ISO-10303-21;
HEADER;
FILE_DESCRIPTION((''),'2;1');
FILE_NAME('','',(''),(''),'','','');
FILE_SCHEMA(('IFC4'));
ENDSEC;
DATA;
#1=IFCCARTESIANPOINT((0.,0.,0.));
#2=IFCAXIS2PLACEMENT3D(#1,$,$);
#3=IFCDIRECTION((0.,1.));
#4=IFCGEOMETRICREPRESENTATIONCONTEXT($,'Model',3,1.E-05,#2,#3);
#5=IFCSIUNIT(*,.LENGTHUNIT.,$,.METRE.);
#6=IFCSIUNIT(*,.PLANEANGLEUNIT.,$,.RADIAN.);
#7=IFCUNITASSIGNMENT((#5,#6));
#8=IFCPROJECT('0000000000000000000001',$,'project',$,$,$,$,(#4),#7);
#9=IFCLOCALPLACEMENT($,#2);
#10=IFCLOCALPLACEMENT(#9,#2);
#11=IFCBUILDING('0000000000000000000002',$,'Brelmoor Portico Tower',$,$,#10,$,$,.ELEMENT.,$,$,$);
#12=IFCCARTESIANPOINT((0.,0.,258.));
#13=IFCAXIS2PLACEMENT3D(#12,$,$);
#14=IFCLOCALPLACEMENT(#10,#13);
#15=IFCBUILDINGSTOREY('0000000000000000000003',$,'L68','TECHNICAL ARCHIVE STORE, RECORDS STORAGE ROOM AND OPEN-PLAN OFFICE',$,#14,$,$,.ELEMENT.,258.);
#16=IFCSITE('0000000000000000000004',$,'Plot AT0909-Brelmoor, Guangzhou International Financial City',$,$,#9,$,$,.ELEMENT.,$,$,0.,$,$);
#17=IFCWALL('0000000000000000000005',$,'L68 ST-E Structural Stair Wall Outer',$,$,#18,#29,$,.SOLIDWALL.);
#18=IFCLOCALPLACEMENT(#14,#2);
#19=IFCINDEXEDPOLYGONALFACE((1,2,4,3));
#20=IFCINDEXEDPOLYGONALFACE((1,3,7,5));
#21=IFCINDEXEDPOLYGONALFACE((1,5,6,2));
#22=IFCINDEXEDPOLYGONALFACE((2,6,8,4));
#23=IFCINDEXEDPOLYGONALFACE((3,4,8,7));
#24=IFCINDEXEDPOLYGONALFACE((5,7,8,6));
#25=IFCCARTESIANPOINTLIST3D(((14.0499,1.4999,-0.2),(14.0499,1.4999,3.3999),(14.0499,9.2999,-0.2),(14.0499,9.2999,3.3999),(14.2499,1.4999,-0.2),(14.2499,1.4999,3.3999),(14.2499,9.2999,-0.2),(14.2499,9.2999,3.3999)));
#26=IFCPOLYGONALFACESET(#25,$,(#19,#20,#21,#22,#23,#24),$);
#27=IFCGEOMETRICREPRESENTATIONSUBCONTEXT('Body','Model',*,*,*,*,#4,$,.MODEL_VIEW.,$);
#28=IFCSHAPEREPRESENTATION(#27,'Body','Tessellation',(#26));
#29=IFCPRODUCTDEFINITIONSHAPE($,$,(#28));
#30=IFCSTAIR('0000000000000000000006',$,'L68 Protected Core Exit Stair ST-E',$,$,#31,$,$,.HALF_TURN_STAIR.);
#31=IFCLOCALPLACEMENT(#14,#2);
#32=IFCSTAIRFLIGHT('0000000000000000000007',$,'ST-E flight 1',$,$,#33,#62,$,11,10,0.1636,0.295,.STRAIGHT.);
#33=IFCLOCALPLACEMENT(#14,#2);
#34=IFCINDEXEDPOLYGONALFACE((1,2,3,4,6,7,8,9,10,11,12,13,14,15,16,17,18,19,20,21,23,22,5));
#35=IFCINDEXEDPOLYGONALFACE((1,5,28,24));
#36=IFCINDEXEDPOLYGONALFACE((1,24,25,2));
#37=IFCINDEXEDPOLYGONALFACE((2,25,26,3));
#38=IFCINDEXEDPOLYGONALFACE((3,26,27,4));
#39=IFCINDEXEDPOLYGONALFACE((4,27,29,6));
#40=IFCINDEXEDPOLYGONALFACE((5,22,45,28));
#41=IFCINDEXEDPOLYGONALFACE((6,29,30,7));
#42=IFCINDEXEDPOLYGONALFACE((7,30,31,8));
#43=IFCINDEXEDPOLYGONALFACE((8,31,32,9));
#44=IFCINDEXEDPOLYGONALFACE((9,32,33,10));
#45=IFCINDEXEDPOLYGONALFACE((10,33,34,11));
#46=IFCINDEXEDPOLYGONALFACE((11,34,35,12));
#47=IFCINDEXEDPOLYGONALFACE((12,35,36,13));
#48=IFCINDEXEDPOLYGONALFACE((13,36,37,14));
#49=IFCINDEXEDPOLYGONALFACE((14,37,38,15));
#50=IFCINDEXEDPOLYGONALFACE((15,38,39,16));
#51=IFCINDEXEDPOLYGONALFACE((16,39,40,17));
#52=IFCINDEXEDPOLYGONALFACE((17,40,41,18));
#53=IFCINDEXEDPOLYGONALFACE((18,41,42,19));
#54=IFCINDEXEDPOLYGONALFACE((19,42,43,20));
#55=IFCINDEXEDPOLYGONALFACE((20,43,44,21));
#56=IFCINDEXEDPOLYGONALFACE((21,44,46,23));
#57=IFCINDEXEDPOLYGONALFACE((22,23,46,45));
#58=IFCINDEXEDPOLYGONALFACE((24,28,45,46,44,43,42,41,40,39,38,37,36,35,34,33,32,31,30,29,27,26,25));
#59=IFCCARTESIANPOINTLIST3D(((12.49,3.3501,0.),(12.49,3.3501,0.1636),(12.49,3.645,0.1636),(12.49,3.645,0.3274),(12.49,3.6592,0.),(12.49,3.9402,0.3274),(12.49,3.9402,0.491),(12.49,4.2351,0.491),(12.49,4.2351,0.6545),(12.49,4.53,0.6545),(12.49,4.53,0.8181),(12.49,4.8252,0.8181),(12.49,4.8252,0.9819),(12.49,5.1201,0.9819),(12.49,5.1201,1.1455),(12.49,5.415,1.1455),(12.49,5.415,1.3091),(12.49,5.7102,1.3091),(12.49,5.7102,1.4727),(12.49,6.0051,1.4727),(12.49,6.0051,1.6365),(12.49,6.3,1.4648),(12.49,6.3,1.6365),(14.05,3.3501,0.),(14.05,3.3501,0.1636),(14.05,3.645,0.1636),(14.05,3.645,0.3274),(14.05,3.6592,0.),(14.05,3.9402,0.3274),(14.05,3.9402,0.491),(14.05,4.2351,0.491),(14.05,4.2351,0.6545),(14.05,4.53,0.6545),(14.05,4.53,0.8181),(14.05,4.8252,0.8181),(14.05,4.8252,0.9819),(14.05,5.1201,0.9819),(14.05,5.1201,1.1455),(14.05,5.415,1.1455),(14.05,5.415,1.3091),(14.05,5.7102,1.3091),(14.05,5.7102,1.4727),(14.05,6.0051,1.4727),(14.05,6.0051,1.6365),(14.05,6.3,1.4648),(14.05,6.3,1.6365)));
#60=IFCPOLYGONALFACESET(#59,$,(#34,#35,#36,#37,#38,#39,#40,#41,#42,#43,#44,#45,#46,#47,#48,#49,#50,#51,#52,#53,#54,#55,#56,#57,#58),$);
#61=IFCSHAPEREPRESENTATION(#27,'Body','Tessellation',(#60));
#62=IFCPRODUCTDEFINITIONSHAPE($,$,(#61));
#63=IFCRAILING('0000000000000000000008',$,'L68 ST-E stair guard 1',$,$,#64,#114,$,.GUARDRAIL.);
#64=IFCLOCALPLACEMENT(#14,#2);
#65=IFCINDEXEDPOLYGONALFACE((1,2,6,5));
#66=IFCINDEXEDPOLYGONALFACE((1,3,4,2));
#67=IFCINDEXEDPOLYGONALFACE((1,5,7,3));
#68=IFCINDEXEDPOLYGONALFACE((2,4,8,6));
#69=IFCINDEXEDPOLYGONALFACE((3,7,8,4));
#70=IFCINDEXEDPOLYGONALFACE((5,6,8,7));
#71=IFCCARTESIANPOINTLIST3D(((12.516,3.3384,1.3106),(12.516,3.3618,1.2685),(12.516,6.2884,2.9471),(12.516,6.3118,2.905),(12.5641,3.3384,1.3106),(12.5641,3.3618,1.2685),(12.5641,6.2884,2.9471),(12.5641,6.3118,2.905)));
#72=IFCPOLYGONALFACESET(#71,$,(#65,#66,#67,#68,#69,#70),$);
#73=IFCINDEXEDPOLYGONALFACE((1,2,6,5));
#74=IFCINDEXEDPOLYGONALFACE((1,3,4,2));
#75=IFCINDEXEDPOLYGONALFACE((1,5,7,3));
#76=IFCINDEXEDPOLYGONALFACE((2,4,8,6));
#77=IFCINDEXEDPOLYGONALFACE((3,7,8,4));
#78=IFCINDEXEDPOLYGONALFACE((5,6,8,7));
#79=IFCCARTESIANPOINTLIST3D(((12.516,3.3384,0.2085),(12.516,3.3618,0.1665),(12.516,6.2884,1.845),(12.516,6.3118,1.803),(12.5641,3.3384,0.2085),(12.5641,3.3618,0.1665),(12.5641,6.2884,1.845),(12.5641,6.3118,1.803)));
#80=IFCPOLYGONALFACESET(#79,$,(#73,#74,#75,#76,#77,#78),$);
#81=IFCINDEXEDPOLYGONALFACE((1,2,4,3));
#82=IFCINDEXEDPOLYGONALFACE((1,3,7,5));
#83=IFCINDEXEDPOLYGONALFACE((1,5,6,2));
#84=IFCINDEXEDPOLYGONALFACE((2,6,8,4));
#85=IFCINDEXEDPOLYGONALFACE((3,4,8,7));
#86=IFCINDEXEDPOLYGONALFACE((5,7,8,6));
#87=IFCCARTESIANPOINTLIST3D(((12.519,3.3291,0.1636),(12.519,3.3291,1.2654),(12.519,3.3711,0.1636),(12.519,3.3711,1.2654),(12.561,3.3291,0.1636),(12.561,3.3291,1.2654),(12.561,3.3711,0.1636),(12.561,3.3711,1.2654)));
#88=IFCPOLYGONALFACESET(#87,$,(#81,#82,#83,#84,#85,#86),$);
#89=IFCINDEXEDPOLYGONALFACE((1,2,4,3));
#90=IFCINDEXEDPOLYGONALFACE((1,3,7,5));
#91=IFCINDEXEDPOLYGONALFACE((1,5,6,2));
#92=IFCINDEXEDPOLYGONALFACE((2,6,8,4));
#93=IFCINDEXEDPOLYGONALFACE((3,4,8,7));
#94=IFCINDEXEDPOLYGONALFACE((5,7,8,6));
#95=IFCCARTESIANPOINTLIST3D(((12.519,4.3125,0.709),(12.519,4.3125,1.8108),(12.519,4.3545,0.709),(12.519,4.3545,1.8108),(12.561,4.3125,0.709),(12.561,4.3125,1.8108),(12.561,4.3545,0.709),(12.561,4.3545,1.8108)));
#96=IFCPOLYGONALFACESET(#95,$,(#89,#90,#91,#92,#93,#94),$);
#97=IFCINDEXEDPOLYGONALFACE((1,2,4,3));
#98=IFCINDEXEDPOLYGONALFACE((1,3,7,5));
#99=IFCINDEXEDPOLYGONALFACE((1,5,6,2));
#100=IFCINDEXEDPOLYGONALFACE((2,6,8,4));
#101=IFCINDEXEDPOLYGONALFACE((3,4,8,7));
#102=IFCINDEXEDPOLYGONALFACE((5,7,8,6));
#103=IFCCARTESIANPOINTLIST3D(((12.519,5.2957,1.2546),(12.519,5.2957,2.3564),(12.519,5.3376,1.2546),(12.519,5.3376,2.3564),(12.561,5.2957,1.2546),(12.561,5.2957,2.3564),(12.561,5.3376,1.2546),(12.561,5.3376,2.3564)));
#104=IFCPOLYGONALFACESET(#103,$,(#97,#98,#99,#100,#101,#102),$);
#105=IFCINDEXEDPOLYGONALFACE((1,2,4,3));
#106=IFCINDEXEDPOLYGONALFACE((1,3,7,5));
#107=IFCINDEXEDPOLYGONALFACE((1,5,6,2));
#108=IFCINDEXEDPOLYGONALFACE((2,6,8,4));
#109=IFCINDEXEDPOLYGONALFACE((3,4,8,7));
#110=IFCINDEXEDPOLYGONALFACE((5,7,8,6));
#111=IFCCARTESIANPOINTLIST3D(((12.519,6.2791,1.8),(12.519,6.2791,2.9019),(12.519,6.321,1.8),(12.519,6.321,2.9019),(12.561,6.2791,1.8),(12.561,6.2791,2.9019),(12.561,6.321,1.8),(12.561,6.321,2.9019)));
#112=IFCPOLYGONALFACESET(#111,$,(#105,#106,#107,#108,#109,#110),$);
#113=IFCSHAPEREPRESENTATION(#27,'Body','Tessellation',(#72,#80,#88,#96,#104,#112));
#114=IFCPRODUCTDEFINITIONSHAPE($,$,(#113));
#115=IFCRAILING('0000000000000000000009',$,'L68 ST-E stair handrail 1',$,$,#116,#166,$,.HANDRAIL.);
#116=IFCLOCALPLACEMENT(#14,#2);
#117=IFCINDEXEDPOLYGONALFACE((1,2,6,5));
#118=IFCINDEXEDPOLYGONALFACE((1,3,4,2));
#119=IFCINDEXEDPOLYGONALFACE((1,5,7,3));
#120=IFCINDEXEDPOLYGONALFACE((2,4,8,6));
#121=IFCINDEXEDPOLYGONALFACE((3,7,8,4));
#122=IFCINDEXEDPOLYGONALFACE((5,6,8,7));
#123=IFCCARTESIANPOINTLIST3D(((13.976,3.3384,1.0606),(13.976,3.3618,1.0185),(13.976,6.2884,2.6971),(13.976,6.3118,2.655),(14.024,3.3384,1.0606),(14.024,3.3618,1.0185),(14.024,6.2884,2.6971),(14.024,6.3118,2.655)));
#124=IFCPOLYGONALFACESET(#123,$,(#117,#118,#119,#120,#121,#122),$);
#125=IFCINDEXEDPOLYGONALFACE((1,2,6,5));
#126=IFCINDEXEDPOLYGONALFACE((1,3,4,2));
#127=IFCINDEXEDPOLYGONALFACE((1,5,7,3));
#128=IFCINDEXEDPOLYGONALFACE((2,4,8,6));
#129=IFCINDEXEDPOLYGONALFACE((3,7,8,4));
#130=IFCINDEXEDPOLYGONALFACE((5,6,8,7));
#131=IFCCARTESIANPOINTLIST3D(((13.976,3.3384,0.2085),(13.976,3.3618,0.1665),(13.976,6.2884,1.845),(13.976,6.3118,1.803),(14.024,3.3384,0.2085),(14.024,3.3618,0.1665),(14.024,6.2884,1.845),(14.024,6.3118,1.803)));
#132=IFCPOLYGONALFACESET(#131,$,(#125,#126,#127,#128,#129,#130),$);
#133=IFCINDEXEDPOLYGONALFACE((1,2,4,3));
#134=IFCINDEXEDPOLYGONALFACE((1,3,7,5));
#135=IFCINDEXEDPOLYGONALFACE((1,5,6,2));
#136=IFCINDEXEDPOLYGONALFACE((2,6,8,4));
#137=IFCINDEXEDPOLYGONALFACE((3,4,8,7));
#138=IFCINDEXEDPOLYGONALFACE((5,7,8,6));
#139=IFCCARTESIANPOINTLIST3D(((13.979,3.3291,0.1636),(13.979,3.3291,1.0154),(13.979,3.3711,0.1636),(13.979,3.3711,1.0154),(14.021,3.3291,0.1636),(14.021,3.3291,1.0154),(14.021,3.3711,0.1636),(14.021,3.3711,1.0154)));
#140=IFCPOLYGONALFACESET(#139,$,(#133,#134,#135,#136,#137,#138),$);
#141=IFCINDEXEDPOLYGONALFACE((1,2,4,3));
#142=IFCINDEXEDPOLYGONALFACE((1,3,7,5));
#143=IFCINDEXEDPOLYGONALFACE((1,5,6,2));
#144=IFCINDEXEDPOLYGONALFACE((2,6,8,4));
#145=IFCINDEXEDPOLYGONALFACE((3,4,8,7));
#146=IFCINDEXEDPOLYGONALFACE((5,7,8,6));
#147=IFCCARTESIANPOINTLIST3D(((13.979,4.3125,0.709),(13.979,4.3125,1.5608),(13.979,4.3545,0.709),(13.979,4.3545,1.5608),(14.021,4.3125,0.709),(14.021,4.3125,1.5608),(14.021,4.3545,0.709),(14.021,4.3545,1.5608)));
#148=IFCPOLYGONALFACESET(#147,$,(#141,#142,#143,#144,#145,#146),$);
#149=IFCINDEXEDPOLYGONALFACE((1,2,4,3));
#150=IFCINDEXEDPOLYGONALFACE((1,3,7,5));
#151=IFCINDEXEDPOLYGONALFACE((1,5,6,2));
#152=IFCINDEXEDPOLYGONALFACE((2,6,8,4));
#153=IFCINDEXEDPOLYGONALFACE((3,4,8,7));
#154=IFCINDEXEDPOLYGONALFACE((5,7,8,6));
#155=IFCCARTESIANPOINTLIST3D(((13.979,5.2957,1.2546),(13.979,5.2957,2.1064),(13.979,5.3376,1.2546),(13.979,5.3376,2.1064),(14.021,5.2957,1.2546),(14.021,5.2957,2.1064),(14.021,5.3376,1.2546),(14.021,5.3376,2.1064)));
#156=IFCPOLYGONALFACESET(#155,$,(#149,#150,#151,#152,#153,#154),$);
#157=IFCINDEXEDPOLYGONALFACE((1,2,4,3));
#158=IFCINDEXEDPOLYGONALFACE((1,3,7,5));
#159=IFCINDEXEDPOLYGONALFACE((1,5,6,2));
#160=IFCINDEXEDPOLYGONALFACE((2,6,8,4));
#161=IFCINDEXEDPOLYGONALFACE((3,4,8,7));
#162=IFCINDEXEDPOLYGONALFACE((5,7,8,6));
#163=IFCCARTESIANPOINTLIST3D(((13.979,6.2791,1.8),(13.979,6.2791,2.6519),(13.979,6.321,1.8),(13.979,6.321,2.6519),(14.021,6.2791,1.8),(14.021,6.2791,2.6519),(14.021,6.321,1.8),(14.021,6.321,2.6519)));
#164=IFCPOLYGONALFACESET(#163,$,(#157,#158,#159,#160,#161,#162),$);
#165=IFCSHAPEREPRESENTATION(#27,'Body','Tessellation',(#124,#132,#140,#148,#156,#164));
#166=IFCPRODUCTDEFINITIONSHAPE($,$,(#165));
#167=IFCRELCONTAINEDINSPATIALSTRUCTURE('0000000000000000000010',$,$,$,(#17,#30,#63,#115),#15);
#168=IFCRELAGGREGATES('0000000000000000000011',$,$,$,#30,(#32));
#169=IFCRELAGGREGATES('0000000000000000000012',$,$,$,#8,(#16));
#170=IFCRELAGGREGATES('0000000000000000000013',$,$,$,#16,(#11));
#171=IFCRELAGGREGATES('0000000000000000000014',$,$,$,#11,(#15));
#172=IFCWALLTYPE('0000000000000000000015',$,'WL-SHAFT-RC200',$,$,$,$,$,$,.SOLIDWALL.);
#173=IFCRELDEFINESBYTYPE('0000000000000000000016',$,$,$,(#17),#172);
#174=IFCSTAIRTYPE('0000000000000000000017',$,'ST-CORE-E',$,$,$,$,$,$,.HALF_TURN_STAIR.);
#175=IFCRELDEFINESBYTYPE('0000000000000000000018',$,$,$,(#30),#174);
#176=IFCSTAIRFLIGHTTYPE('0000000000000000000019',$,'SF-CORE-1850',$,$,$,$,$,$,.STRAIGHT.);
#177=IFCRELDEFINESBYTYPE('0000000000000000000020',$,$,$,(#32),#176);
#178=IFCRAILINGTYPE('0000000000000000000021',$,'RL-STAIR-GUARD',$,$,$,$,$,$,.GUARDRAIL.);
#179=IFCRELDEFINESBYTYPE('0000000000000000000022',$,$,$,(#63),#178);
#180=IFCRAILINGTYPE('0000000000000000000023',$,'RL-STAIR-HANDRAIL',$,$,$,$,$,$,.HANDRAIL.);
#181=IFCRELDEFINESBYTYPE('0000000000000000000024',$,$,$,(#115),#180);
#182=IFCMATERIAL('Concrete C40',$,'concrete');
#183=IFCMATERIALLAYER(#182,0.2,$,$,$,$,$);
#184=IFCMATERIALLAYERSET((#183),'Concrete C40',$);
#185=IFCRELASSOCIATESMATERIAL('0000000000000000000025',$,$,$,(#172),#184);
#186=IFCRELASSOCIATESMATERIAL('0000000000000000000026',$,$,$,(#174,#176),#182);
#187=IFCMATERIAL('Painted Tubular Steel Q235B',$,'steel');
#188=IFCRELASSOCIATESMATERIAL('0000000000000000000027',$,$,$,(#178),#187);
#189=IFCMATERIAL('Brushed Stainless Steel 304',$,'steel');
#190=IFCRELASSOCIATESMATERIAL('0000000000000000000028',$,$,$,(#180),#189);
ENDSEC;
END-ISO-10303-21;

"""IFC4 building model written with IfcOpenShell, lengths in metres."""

from ifc_helpers import new_model, si_unit, direction, frame, frame_2d, origin, origin_2d, place, context, subcontext, project, spatial, polyline, rectangle, outline, extrude, material, layer, layer_set, type_object, element, aggregate, save


model = new_model("IFC4")

# Units and contexts
model_context = context("Model", 3, precision=1e-05, world=origin(), true_north=direction((0.0, 1.0)))
body_context = subcontext(model_context, "Body", "Model", "MODEL_VIEW")
ifc_project = project(units=[si_unit("LENGTHUNIT", "METRE"), si_unit("PLANEANGLEUNIT", "RADIAN")], contexts=[model_context])

# Site, building, storey
site_placement = place(None, origin())
site = spatial("IfcSite", under=ifc_project, at=site_placement, Name="Plot AT0909-Brelmoor, Guangzhou International Financial City", CompositionType="ELEMENT", RefElevation=0.0)
building_placement = place(site_placement, origin())
building = spatial("IfcBuilding", under=site, at=building_placement, Name="Brelmoor Portico Tower", CompositionType="ELEMENT")
storey_placement = place(building_placement, frame((0.0, 0.0, 258.0)))
storey = spatial("IfcBuildingStorey", under=building, at=storey_placement, Name="L68", Description="TECHNICAL ARCHIVE STORE, RECORDS STORAGE ROOM AND OPEN-PLAN OFFICE", CompositionType="ELEMENT", Elevation=258.0)

# Wall
ifc_material_1 = material(Name="Concrete C40", Category="concrete")
ifc_layer_1 = layer(ifc_material_1, 0.2)
ifc_layer_set_1 = layer_set([ifc_layer_1], Name="Concrete C40")
wall_type_1 = type_object("IfcWallType", Name="WL-SHAFT-RC200", PredefinedType="SOLIDWALL", material=ifc_layer_set_1)
wall_1_placement = place(storey_placement, frame((14.1499, 1.5, -0.2), z_axis=(0.0, 0.0, 1.0), x_axis=(0.0, 1.0, 0.0)))
element("IfcWall", 1, at=wall_1_placement, inside=storey, type_object=wall_type_1, Name="L68 ST-E Structural Stair Wall Outer", PredefinedType="SOLIDWALL", context=body_context, shape_type="SweptSolid", body=[
    extrude(rectangle(XDim=7.8, YDim=0.2, at=frame_2d((3.8999, 0.0))), origin(), (0.0, 0.0, 1.0), 3.5999),
])

# Stair, stair flight
stair_type = type_object("IfcStairType", Name="ST-CORE-E", PredefinedType="HALF_TURN_STAIR", material=ifc_material_1)
stair_placement = place(storey_placement, origin())
stair = element("IfcStair", 2, at=stair_placement, inside=storey, type_object=stair_type, Name="L68 Protected Core Exit Stair ST-E", PredefinedType="HALF_TURN_STAIR")
stair_flight_type = type_object("IfcStairFlightType", Name="SF-CORE-1850", PredefinedType="STRAIGHT", material=ifc_material_1)
stair_flight_placement = place(storey_placement, frame((13.27, 3.3501, 0.0), z_axis=(0.0, 0.0, 1.0), x_axis=(0.0, 1.0, 0.0)))
stair_flight = element("IfcStairFlight", 3, at=stair_flight_placement, type_object=stair_flight_type, Name="ST-E flight 1", NumberOfRisers=11, NumberOfTreads=10, PredefinedType="STRAIGHT", RiserHeight=0.1636, TreadLength=0.295, context=body_context, shape_type="SweptSolid", body=[
    extrude(outline(polyline([(0.0, 0.0), (0.0, 0.1636), (0.2949, 0.1636), (0.2949, 0.3274), (0.5901, 0.3274), (0.5901, 0.491), (0.885, 0.491), (0.885, 0.6545), (1.1799, 0.6545), (1.1799, 0.8181), (1.4751, 0.8181), (1.4751, 0.9819), (1.77, 0.9819), (1.77, 1.1455), (2.0649, 1.1455), (2.0649, 1.3091), (2.3601, 1.3091), (2.3601, 1.4727), (2.655, 1.4727), (2.655, 1.6365), (2.95, 1.6365), (2.95, 1.8), (2.95, 1.4648), (0.3091, 0.0), (0.0, 0.0)])), frame((0.0, 0.78, 0.0), z_axis=(0.0, -1.0, 0.0), x_axis=(1.0, 0.0, 0.0)), (0.0, 0.0, 1.0), 1.5601),
])
aggregate(stair, [stair_flight])

# Railings
ifc_material_2 = material(Name="Painted Tubular Steel Q235B", Category="steel")
railing_type_1 = type_object("IfcRailingType", Name="RL-STAIR-GUARD", PredefinedType="GUARDRAIL", material=ifc_material_2)
railing_1_placement = place(storey_placement, frame((12.54, 3.3501, 0.1636)))
element("IfcRailing", 4, at=railing_1_placement, inside=storey, type_object=railing_type_1, Name="L68 ST-E stair guard 1", PredefinedType="GUARDRAIL", context=body_context, shape_type="SweptSolid", body=[
    extrude(rectangle(XDim=0.0481, YDim=0.0481, at=origin_2d()), frame((0.0, 0.0, 1.126), z_axis=(0.0, 0.874458, 0.485102), x_axis=(-1.0, 0.0, 0.0)), (0.0, 0.0, 1.0), 3.3735),
    extrude(rectangle(XDim=0.0481, YDim=0.0481, at=origin_2d()), frame((0.0, 0.0, 0.0239), z_axis=(0.0, 0.874458, 0.485102), x_axis=(-1.0, 0.0, 0.0)), (0.0, 0.0, 1.0), 3.3735),
    extrude(rectangle(XDim=0.042, YDim=0.042, at=origin_2d()), origin(), (0.0, 0.0, 1.0), 1.1018),
    extrude(rectangle(XDim=0.042, YDim=0.042, at=origin_2d()), frame((0.0, 0.9834, 0.5454)), (0.0, 0.0, 1.0), 1.1018),
    extrude(rectangle(XDim=0.042, YDim=0.042, at=origin_2d()), frame((0.0, 1.9666, 1.0911)), (0.0, 0.0, 1.0), 1.1018),
    extrude(rectangle(XDim=0.042, YDim=0.042, at=origin_2d()), frame((0.0, 2.95, 1.6365)), (0.0, 0.0, 1.0), 1.1018),
])
ifc_material_3 = material(Name="Brushed Stainless Steel 304", Category="steel")
railing_type_2 = type_object("IfcRailingType", Name="RL-STAIR-HANDRAIL", PredefinedType="HANDRAIL", material=ifc_material_3)
railing_2_placement = place(storey_placement, frame((14.0, 3.3501, 0.1636)))
element("IfcRailing", 5, at=railing_2_placement, inside=storey, type_object=railing_type_2, Name="L68 ST-E stair handrail 1", PredefinedType="HANDRAIL", context=body_context, shape_type="SweptSolid", body=[
    extrude(rectangle(XDim=0.0481, YDim=0.0481, at=origin_2d()), frame((0.0, 0.0, 0.876), z_axis=(0.0, 0.874458, 0.485102), x_axis=(-1.0, 0.0, 0.0)), (0.0, 0.0, 1.0), 3.3735),
    extrude(rectangle(XDim=0.0481, YDim=0.0481, at=origin_2d()), frame((0.0, 0.0, 0.0239), z_axis=(0.0, 0.874458, 0.485102), x_axis=(-1.0, 0.0, 0.0)), (0.0, 0.0, 1.0), 3.3735),
    extrude(rectangle(XDim=0.042, YDim=0.042, at=origin_2d()), origin(), (0.0, 0.0, 1.0), 0.8518),
    extrude(rectangle(XDim=0.042, YDim=0.042, at=origin_2d()), frame((0.0, 0.9834, 0.5454)), (0.0, 0.0, 1.0), 0.8518),
    extrude(rectangle(XDim=0.042, YDim=0.042, at=origin_2d()), frame((0.0, 1.9666, 1.0911)), (0.0, 0.0, 1.0), 0.8518),
    extrude(rectangle(XDim=0.042, YDim=0.042, at=origin_2d()), frame((0.0, 2.95, 1.6365)), (0.0, 0.0, 1.0), 0.8518),
])

save(model, "model.ifc")
